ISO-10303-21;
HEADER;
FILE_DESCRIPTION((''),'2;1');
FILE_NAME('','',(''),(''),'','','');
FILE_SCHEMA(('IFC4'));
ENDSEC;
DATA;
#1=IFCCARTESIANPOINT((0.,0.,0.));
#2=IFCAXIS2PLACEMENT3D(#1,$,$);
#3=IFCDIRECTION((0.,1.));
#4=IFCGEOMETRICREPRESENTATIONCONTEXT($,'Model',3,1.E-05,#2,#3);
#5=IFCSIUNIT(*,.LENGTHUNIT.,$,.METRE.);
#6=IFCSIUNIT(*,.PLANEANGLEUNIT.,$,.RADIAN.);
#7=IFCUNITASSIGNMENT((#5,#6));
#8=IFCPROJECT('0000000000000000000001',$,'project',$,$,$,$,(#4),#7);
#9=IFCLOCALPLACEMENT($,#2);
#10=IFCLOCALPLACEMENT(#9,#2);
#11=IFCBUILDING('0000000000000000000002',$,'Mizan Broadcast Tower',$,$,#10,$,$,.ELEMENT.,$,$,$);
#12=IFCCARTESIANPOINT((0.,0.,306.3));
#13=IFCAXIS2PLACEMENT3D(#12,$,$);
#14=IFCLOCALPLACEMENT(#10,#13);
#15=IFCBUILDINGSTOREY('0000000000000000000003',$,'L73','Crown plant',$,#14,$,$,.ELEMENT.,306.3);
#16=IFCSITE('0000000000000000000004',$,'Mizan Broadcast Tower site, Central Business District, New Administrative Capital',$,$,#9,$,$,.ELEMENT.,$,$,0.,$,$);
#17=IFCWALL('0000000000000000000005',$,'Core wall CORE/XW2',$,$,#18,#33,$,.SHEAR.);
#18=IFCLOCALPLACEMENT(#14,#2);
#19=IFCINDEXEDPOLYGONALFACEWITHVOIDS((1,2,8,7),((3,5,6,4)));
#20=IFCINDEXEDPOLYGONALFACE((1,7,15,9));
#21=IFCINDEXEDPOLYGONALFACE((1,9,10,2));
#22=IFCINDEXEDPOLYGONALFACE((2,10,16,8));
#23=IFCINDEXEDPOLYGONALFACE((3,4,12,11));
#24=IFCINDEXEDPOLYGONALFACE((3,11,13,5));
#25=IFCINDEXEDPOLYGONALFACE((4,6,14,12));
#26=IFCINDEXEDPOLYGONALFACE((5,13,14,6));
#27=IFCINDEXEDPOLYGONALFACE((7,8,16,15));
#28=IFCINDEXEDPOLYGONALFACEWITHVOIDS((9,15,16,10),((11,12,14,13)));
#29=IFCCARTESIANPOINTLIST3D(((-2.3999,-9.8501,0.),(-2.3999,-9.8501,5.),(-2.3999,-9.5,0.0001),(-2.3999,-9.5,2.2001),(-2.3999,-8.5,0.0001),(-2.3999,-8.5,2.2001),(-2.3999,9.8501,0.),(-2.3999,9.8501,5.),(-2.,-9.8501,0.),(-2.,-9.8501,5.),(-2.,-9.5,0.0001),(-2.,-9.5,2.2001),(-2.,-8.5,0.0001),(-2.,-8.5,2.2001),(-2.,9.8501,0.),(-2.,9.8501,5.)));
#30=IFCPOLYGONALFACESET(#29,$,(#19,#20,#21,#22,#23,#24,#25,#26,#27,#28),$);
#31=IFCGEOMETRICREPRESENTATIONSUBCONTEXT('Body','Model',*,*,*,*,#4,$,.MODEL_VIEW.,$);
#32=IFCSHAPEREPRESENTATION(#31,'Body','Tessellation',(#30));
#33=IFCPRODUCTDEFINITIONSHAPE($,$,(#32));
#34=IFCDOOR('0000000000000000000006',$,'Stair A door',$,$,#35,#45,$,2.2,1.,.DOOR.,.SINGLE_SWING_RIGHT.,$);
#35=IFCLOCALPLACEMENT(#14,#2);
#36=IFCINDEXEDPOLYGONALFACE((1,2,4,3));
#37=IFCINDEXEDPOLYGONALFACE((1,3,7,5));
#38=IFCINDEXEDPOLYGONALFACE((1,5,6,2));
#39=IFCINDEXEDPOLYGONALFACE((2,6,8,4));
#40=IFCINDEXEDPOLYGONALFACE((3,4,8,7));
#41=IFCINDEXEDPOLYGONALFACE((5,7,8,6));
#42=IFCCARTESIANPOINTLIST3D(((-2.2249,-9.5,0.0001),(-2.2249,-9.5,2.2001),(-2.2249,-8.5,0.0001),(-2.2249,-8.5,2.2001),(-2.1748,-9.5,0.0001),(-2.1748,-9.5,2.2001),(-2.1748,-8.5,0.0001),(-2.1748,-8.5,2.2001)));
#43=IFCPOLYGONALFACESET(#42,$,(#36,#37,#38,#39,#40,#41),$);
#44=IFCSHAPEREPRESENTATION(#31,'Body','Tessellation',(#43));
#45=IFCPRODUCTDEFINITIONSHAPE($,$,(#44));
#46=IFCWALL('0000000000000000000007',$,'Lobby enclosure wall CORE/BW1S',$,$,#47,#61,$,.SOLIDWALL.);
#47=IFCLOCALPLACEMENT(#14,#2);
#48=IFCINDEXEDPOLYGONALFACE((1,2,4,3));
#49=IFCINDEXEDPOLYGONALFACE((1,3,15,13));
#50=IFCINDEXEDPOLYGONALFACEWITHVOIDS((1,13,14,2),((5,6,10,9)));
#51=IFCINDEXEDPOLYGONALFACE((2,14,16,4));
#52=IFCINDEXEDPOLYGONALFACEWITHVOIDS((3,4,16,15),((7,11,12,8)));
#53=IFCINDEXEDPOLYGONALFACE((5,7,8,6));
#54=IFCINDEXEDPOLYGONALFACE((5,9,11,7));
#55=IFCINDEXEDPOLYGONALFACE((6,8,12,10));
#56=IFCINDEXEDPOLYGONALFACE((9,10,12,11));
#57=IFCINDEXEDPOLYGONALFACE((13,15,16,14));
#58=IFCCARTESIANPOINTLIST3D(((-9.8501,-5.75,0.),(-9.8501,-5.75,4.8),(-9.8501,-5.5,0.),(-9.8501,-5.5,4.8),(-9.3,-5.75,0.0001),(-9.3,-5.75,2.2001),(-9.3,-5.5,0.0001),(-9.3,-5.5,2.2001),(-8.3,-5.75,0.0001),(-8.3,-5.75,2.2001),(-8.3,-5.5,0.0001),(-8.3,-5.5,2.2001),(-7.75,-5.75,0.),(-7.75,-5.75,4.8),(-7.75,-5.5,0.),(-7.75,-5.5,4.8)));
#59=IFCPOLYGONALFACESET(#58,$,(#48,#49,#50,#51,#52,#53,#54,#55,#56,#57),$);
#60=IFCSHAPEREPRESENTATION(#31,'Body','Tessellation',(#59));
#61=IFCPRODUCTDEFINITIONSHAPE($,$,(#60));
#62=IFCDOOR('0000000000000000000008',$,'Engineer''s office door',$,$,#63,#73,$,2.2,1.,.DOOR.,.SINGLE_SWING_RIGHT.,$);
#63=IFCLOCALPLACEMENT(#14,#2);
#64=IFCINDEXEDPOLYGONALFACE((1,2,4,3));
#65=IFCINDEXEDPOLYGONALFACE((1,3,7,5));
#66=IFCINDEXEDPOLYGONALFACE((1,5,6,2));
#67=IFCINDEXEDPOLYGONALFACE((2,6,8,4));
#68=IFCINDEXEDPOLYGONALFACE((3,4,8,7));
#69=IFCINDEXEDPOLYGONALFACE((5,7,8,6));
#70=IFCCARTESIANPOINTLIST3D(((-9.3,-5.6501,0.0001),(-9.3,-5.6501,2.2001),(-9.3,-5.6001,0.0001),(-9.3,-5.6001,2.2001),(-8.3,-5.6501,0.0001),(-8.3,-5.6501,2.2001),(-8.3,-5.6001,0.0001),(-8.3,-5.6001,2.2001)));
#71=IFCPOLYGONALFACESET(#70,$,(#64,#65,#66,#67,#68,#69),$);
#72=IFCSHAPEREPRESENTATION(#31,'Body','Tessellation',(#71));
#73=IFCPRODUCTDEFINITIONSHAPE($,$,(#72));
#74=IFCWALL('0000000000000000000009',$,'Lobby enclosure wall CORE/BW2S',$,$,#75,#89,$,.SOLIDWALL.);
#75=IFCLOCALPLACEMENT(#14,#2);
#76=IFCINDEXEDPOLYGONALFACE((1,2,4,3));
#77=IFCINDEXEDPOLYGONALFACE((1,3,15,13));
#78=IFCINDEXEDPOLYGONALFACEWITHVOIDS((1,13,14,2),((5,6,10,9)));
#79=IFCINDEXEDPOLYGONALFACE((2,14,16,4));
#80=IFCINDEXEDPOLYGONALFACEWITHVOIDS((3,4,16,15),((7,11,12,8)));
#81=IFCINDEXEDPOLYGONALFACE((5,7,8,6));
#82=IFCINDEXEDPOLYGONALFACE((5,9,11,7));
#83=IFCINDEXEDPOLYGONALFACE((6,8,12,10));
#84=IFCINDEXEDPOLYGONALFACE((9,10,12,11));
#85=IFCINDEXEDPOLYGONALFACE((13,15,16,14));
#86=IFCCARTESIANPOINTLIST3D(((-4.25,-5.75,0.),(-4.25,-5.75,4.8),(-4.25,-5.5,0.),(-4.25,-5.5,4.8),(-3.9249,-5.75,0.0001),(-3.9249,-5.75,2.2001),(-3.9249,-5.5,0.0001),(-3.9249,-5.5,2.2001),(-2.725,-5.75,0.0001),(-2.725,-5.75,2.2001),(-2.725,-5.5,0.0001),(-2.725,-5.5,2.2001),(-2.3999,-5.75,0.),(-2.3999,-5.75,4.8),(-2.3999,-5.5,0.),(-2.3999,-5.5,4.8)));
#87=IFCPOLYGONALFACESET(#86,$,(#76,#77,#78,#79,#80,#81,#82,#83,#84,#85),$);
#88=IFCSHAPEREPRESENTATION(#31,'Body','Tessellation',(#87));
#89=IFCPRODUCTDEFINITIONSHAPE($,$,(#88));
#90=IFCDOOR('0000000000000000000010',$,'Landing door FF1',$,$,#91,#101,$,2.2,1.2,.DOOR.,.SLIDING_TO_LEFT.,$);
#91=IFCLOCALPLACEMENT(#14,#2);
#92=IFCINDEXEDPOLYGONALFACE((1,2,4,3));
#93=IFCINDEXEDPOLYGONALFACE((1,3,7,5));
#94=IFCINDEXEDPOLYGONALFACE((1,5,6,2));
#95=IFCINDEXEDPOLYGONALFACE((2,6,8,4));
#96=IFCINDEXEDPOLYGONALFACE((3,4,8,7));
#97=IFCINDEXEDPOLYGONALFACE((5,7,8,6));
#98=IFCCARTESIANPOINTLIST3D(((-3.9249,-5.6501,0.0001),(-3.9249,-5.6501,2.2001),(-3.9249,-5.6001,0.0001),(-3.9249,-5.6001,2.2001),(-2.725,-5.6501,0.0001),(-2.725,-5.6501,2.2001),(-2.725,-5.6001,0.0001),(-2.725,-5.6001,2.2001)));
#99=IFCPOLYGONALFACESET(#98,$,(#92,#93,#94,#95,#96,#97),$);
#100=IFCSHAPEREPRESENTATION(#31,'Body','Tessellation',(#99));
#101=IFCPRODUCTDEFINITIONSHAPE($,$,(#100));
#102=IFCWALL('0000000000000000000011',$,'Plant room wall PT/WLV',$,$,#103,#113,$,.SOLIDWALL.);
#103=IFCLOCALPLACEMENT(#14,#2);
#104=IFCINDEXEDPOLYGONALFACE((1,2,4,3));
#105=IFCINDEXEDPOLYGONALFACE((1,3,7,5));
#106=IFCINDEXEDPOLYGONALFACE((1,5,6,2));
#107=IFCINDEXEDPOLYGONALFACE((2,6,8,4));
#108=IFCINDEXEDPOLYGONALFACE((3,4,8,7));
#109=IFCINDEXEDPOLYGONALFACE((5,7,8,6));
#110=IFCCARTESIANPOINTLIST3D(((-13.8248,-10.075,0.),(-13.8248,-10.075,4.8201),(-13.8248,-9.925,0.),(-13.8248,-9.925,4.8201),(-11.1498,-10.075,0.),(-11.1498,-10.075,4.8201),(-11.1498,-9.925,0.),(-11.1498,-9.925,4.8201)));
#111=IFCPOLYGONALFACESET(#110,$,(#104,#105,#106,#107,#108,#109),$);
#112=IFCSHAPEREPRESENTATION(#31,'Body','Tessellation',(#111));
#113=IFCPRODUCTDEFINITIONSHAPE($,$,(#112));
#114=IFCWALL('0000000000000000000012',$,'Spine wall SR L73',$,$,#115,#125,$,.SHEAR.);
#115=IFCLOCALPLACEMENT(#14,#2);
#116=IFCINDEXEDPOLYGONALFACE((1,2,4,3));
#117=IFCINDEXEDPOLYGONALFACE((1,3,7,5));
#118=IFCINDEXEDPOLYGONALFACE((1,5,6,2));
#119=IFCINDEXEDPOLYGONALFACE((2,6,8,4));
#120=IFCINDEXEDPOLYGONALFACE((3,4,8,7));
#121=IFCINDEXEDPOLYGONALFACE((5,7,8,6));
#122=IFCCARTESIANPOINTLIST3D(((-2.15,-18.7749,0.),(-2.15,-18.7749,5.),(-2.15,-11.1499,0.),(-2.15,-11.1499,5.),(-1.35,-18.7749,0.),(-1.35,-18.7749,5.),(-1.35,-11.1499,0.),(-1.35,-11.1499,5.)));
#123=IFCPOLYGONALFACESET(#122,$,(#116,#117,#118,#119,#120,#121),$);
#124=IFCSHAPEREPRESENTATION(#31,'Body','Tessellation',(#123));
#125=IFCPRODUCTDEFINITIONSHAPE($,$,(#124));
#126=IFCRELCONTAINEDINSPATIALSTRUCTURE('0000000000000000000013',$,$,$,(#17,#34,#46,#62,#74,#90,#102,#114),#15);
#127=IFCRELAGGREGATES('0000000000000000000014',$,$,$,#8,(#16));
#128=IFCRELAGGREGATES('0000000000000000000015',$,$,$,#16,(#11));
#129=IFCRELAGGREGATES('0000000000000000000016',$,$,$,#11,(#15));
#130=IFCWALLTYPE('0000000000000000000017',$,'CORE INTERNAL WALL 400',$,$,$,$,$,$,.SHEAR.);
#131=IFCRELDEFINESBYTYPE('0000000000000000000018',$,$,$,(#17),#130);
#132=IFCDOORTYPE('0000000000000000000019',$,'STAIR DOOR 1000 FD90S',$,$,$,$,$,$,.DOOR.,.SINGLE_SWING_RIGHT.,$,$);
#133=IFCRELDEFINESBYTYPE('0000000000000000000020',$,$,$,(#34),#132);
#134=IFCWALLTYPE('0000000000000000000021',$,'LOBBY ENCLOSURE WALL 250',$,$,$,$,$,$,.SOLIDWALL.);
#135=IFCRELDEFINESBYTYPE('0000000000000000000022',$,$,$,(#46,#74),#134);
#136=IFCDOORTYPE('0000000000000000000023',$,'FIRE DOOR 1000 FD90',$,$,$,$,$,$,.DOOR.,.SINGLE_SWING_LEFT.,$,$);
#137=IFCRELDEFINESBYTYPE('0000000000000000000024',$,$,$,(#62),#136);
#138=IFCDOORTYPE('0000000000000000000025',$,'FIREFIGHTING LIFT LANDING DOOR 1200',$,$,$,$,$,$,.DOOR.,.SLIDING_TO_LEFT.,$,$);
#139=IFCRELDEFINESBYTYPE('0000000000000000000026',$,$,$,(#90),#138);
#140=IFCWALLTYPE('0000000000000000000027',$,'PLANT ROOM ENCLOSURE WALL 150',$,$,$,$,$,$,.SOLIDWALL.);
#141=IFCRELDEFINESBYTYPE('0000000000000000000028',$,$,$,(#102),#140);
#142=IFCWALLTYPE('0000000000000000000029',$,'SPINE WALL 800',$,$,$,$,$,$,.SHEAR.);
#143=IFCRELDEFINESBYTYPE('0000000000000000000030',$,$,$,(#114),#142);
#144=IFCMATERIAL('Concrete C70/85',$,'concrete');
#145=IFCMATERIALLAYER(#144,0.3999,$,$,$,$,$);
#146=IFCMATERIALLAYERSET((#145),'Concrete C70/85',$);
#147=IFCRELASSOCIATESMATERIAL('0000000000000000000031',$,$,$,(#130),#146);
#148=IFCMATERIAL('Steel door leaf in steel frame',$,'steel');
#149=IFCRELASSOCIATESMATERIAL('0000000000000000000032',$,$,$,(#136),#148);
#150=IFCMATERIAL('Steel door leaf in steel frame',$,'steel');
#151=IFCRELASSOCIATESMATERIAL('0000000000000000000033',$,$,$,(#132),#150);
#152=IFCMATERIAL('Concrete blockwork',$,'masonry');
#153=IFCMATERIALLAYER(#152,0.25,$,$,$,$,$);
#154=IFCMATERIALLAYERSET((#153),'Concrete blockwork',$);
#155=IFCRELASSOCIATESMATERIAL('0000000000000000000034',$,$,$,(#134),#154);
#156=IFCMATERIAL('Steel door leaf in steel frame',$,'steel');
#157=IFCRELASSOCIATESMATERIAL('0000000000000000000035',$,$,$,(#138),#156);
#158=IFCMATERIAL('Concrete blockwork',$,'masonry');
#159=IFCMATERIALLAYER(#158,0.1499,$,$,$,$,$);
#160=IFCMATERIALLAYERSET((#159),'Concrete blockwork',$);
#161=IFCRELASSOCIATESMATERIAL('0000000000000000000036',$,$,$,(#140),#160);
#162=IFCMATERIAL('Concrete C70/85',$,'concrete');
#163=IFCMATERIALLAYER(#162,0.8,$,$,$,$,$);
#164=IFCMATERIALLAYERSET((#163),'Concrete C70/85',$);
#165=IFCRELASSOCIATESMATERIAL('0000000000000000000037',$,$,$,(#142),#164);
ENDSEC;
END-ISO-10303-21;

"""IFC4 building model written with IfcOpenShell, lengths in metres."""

from ifc_helpers import new_model, si_unit, direction, frame, frame_2d, origin, place, context, subcontext, project, spatial, rectangle, extrude, material, layer, layer_set, type_object, element, fill, save


model = new_model("IFC4")

# Units and contexts
model_context = context("Model", 3, precision=1e-05, world=origin(), true_north=direction((0.0, 1.0)))
body_context = subcontext(model_context, "Body", "Model", "MODEL_VIEW")
ifc_project = project(units=[si_unit("LENGTHUNIT", "METRE"), si_unit("PLANEANGLEUNIT", "RADIAN")], contexts=[model_context])

# Site, building, storey
site_placement = place(None, origin())
site = spatial("IfcSite", under=ifc_project, at=site_placement, Name="Mizan Broadcast Tower site, Central Business District, New Administrative Capital", CompositionType="ELEMENT", RefElevation=0.0)
building_placement = place(site_placement, origin())
building = spatial("IfcBuilding", under=site, at=building_placement, Name="Mizan Broadcast Tower", CompositionType="ELEMENT")
storey_placement = place(building_placement, frame((0.0, 0.0, 306.3)))
storey = spatial("IfcBuildingStorey", under=building, at=storey_placement, Name="L73", Description="Crown plant", CompositionType="ELEMENT", Elevation=306.3)

# Shared definitions
ifc_material_1 = material(Name="Concrete C70/85", Category="concrete")
ifc_layer_1 = layer(ifc_material_1, 0.3999)
ifc_layer_set_1 = layer_set([ifc_layer_1], Name="Concrete C70/85")
wall_type_1 = type_object("IfcWallType", Name="CORE INTERNAL WALL 400", PredefinedType="SHEAR", material=ifc_layer_set_1)
ifc_material_2 = material(Name="Steel door leaf in steel frame", Category="steel")
door_type_1 = type_object("IfcDoorType", Name="FIRE DOOR 1000 FD90", OperationType="SINGLE_SWING_LEFT", PredefinedType="DOOR", material=ifc_material_2)

# Walls, openings, doors
wall_1_placement = place(storey_placement, frame((-2.2, -9.8501, 0.0), z_axis=(0.0, 0.0, 1.0), x_axis=(0.0, 1.0, 0.0)))
wall_1 = element("IfcWall", 1, at=wall_1_placement, inside=storey, type_object=wall_type_1, Name="Core wall CORE/XW2", PredefinedType="SHEAR", context=body_context, shape_type="SweptSolid", body=[
    extrude(rectangle(XDim=19.7002, YDim=0.3999, at=frame_2d((9.8501, 0.0))), origin(), (0.0, 0.0, 1.0), 5.0),
])
opening_1_placement = place(wall_1_placement, frame((0.3501, 0.0, 0.0)))
opening_1 = element("IfcOpeningElement", 2, at=opening_1_placement, cuts=wall_1, PredefinedType="OPENING", context=body_context, shape_type="SweptSolid", body=[
    extrude(rectangle(XDim=1.0, YDim=2.2, at=frame_2d((0.5, 1.1001))), frame((0.0, 0.21, 0.0), z_axis=(0.0, -1.0, 0.0), x_axis=(1.0, 0.0, 0.0)), (0.0, 0.0, 1.0), 0.4199),
])
ifc_material_3 = material(Name="Steel door leaf in steel frame", Category="steel")
door_type_2 = type_object("IfcDoorType", Name="STAIR DOOR 1000 FD90S", OperationType="SINGLE_SWING_RIGHT", PredefinedType="DOOR", material=ifc_material_3)
door_1_placement = place(opening_1_placement, origin())
door_1 = element("IfcDoor", 3, at=door_1_placement, inside=storey, type_object=door_type_2, Name="Stair A door", OperationType="SINGLE_SWING_RIGHT", OverallHeight=2.2, OverallWidth=1.0, PredefinedType="DOOR", context=body_context, shape_type="SweptSolid", body=[
    extrude(rectangle(XDim=1.0, YDim=2.2, at=frame_2d((0.5, 1.1001))), frame((0.0, 0.0249, 0.0), z_axis=(0.0, -1.0, 0.0), x_axis=(1.0, 0.0, 0.0)), (0.0, 0.0, 1.0), 0.05),
])
fill(opening_1, door_1)
ifc_material_4 = material(Name="Concrete blockwork", Category="masonry")
ifc_layer_2 = layer(ifc_material_4, 0.25)
ifc_layer_set_2 = layer_set([ifc_layer_2], Name="Concrete blockwork")
wall_type_2 = type_object("IfcWallType", Name="LOBBY ENCLOSURE WALL 250", PredefinedType="SOLIDWALL", material=ifc_layer_set_2)
wall_2_placement = place(storey_placement, frame((-9.8501, -5.625, 0.0), z_axis=(0.0, 0.0, 1.0), x_axis=(1.0, 0.0, 0.0)))
wall_2 = element("IfcWall", 4, at=wall_2_placement, inside=storey, type_object=wall_type_2, Name="Lobby enclosure wall CORE/BW1S", PredefinedType="SOLIDWALL", context=body_context, shape_type="SweptSolid", body=[
    extrude(rectangle(XDim=2.1001, YDim=0.25, at=frame_2d((1.05, 0.0))), origin(), (0.0, 0.0, 1.0), 4.8),
])
opening_2_placement = place(wall_2_placement, frame((0.55, 0.0, 0.0)))
opening_2 = element("IfcOpeningElement", 5, at=opening_2_placement, cuts=wall_2, PredefinedType="OPENING", context=body_context, shape_type="SweptSolid", body=[
    extrude(rectangle(XDim=1.0, YDim=2.2, at=frame_2d((0.5, 1.1001))), frame((0.0, 0.135, 0.0), z_axis=(0.0, -1.0, 0.0), x_axis=(1.0, 0.0, 0.0)), (0.0, 0.0, 1.0), 0.27),
])
door_2_placement = place(opening_2_placement, origin())
door_2 = element("IfcDoor", 6, at=door_2_placement, inside=storey, type_object=door_type_1, Name="Engineer's office door", OperationType="SINGLE_SWING_RIGHT", OverallHeight=2.2, OverallWidth=1.0, PredefinedType="DOOR", context=body_context, shape_type="SweptSolid", body=[
    extrude(rectangle(XDim=1.0, YDim=2.2, at=frame_2d((0.5, 1.1001))), frame((0.0, 0.0249, 0.0), z_axis=(0.0, -1.0, 0.0), x_axis=(1.0, 0.0, 0.0)), (0.0, 0.0, 1.0), 0.05),
])
fill(opening_2, door_2)
wall_3_placement = place(storey_placement, frame((-4.25, -5.625, 0.0), z_axis=(0.0, 0.0, 1.0), x_axis=(1.0, 0.0, 0.0)))
wall_3 = element("IfcWall", 7, at=wall_3_placement, inside=storey, type_object=wall_type_2, Name="Lobby enclosure wall CORE/BW2S", PredefinedType="SOLIDWALL", context=body_context, shape_type="SweptSolid", body=[
    extrude(rectangle(XDim=1.8501, YDim=0.25, at=frame_2d((0.925, 0.0))), origin(), (0.0, 0.0, 1.0), 4.8),
])
opening_3_placement = place(wall_3_placement, frame((0.325, 0.0, 0.0)))
opening_3 = element("IfcOpeningElement", 8, at=opening_3_placement, cuts=wall_3, PredefinedType="OPENING", context=body_context, shape_type="SweptSolid", body=[
    extrude(rectangle(XDim=1.2, YDim=2.2, at=frame_2d((0.6001, 1.1001))), frame((0.0, 0.135, 0.0), z_axis=(0.0, -1.0, 0.0), x_axis=(1.0, 0.0, 0.0)), (0.0, 0.0, 1.0), 0.27),
])
ifc_material_5 = material(Name="Steel door leaf in steel frame", Category="steel")
door_type_3 = type_object("IfcDoorType", Name="FIREFIGHTING LIFT LANDING DOOR 1200", OperationType="SLIDING_TO_LEFT", PredefinedType="DOOR", material=ifc_material_5)
door_3_placement = place(opening_3_placement, origin())
door_3 = element("IfcDoor", 9, at=door_3_placement, inside=storey, type_object=door_type_3, Name="Landing door FF1", OperationType="SLIDING_TO_LEFT", OverallHeight=2.2, OverallWidth=1.2, PredefinedType="DOOR", context=body_context, shape_type="SweptSolid", body=[
    extrude(rectangle(XDim=1.2, YDim=2.2, at=frame_2d((0.6001, 1.1001))), frame((0.0, 0.0249, 0.0), z_axis=(0.0, -1.0, 0.0), x_axis=(1.0, 0.0, 0.0)), (0.0, 0.0, 1.0), 0.05),
])
fill(opening_3, door_3)

# Walls
ifc_material_6 = material(Name="Concrete blockwork", Category="masonry")
ifc_layer_3 = layer(ifc_material_6, 0.1499)
ifc_layer_set_3 = layer_set([ifc_layer_3], Name="Concrete blockwork")
wall_type_3 = type_object("IfcWallType", Name="PLANT ROOM ENCLOSURE WALL 150", PredefinedType="SOLIDWALL", material=ifc_layer_set_3)
wall_4_placement = place(storey_placement, frame((-11.1499, -10.0, 0.0), z_axis=(0.0, 0.0, 1.0), x_axis=(-1.0, 0.0, 0.0)))
element("IfcWall", 10, at=wall_4_placement, inside=storey, type_object=wall_type_3, Name="Plant room wall PT/WLV", PredefinedType="SOLIDWALL", context=body_context, shape_type="SweptSolid", body=[
    extrude(rectangle(XDim=2.675, YDim=0.1499, at=frame_2d((1.3374, 0.0))), origin(), (0.0, 0.0, 1.0), 4.8201),
])
ifc_material_7 = material(Name="Concrete C70/85", Category="concrete")
ifc_layer_4 = layer(ifc_material_7, 0.8)
ifc_layer_set_4 = layer_set([ifc_layer_4], Name="Concrete C70/85")
wall_type_4 = type_object("IfcWallType", Name="SPINE WALL 800", PredefinedType="SHEAR", material=ifc_layer_set_4)
wall_5_placement = place(storey_placement, frame((-1.75, -11.1499, 0.0), z_axis=(0.0, 0.0, 1.0), x_axis=(0.0, -1.0, 0.0)))
element("IfcWall", 11, at=wall_5_placement, inside=storey, type_object=wall_type_4, Name="Spine wall SR L73", PredefinedType="SHEAR", context=body_context, shape_type="SweptSolid", body=[
    extrude(rectangle(XDim=7.625, YDim=0.8, at=frame_2d((3.8125, 0.0))), origin(), (0.0, 0.0, 1.0), 5.0),
])

save(model, "model.ifc")
